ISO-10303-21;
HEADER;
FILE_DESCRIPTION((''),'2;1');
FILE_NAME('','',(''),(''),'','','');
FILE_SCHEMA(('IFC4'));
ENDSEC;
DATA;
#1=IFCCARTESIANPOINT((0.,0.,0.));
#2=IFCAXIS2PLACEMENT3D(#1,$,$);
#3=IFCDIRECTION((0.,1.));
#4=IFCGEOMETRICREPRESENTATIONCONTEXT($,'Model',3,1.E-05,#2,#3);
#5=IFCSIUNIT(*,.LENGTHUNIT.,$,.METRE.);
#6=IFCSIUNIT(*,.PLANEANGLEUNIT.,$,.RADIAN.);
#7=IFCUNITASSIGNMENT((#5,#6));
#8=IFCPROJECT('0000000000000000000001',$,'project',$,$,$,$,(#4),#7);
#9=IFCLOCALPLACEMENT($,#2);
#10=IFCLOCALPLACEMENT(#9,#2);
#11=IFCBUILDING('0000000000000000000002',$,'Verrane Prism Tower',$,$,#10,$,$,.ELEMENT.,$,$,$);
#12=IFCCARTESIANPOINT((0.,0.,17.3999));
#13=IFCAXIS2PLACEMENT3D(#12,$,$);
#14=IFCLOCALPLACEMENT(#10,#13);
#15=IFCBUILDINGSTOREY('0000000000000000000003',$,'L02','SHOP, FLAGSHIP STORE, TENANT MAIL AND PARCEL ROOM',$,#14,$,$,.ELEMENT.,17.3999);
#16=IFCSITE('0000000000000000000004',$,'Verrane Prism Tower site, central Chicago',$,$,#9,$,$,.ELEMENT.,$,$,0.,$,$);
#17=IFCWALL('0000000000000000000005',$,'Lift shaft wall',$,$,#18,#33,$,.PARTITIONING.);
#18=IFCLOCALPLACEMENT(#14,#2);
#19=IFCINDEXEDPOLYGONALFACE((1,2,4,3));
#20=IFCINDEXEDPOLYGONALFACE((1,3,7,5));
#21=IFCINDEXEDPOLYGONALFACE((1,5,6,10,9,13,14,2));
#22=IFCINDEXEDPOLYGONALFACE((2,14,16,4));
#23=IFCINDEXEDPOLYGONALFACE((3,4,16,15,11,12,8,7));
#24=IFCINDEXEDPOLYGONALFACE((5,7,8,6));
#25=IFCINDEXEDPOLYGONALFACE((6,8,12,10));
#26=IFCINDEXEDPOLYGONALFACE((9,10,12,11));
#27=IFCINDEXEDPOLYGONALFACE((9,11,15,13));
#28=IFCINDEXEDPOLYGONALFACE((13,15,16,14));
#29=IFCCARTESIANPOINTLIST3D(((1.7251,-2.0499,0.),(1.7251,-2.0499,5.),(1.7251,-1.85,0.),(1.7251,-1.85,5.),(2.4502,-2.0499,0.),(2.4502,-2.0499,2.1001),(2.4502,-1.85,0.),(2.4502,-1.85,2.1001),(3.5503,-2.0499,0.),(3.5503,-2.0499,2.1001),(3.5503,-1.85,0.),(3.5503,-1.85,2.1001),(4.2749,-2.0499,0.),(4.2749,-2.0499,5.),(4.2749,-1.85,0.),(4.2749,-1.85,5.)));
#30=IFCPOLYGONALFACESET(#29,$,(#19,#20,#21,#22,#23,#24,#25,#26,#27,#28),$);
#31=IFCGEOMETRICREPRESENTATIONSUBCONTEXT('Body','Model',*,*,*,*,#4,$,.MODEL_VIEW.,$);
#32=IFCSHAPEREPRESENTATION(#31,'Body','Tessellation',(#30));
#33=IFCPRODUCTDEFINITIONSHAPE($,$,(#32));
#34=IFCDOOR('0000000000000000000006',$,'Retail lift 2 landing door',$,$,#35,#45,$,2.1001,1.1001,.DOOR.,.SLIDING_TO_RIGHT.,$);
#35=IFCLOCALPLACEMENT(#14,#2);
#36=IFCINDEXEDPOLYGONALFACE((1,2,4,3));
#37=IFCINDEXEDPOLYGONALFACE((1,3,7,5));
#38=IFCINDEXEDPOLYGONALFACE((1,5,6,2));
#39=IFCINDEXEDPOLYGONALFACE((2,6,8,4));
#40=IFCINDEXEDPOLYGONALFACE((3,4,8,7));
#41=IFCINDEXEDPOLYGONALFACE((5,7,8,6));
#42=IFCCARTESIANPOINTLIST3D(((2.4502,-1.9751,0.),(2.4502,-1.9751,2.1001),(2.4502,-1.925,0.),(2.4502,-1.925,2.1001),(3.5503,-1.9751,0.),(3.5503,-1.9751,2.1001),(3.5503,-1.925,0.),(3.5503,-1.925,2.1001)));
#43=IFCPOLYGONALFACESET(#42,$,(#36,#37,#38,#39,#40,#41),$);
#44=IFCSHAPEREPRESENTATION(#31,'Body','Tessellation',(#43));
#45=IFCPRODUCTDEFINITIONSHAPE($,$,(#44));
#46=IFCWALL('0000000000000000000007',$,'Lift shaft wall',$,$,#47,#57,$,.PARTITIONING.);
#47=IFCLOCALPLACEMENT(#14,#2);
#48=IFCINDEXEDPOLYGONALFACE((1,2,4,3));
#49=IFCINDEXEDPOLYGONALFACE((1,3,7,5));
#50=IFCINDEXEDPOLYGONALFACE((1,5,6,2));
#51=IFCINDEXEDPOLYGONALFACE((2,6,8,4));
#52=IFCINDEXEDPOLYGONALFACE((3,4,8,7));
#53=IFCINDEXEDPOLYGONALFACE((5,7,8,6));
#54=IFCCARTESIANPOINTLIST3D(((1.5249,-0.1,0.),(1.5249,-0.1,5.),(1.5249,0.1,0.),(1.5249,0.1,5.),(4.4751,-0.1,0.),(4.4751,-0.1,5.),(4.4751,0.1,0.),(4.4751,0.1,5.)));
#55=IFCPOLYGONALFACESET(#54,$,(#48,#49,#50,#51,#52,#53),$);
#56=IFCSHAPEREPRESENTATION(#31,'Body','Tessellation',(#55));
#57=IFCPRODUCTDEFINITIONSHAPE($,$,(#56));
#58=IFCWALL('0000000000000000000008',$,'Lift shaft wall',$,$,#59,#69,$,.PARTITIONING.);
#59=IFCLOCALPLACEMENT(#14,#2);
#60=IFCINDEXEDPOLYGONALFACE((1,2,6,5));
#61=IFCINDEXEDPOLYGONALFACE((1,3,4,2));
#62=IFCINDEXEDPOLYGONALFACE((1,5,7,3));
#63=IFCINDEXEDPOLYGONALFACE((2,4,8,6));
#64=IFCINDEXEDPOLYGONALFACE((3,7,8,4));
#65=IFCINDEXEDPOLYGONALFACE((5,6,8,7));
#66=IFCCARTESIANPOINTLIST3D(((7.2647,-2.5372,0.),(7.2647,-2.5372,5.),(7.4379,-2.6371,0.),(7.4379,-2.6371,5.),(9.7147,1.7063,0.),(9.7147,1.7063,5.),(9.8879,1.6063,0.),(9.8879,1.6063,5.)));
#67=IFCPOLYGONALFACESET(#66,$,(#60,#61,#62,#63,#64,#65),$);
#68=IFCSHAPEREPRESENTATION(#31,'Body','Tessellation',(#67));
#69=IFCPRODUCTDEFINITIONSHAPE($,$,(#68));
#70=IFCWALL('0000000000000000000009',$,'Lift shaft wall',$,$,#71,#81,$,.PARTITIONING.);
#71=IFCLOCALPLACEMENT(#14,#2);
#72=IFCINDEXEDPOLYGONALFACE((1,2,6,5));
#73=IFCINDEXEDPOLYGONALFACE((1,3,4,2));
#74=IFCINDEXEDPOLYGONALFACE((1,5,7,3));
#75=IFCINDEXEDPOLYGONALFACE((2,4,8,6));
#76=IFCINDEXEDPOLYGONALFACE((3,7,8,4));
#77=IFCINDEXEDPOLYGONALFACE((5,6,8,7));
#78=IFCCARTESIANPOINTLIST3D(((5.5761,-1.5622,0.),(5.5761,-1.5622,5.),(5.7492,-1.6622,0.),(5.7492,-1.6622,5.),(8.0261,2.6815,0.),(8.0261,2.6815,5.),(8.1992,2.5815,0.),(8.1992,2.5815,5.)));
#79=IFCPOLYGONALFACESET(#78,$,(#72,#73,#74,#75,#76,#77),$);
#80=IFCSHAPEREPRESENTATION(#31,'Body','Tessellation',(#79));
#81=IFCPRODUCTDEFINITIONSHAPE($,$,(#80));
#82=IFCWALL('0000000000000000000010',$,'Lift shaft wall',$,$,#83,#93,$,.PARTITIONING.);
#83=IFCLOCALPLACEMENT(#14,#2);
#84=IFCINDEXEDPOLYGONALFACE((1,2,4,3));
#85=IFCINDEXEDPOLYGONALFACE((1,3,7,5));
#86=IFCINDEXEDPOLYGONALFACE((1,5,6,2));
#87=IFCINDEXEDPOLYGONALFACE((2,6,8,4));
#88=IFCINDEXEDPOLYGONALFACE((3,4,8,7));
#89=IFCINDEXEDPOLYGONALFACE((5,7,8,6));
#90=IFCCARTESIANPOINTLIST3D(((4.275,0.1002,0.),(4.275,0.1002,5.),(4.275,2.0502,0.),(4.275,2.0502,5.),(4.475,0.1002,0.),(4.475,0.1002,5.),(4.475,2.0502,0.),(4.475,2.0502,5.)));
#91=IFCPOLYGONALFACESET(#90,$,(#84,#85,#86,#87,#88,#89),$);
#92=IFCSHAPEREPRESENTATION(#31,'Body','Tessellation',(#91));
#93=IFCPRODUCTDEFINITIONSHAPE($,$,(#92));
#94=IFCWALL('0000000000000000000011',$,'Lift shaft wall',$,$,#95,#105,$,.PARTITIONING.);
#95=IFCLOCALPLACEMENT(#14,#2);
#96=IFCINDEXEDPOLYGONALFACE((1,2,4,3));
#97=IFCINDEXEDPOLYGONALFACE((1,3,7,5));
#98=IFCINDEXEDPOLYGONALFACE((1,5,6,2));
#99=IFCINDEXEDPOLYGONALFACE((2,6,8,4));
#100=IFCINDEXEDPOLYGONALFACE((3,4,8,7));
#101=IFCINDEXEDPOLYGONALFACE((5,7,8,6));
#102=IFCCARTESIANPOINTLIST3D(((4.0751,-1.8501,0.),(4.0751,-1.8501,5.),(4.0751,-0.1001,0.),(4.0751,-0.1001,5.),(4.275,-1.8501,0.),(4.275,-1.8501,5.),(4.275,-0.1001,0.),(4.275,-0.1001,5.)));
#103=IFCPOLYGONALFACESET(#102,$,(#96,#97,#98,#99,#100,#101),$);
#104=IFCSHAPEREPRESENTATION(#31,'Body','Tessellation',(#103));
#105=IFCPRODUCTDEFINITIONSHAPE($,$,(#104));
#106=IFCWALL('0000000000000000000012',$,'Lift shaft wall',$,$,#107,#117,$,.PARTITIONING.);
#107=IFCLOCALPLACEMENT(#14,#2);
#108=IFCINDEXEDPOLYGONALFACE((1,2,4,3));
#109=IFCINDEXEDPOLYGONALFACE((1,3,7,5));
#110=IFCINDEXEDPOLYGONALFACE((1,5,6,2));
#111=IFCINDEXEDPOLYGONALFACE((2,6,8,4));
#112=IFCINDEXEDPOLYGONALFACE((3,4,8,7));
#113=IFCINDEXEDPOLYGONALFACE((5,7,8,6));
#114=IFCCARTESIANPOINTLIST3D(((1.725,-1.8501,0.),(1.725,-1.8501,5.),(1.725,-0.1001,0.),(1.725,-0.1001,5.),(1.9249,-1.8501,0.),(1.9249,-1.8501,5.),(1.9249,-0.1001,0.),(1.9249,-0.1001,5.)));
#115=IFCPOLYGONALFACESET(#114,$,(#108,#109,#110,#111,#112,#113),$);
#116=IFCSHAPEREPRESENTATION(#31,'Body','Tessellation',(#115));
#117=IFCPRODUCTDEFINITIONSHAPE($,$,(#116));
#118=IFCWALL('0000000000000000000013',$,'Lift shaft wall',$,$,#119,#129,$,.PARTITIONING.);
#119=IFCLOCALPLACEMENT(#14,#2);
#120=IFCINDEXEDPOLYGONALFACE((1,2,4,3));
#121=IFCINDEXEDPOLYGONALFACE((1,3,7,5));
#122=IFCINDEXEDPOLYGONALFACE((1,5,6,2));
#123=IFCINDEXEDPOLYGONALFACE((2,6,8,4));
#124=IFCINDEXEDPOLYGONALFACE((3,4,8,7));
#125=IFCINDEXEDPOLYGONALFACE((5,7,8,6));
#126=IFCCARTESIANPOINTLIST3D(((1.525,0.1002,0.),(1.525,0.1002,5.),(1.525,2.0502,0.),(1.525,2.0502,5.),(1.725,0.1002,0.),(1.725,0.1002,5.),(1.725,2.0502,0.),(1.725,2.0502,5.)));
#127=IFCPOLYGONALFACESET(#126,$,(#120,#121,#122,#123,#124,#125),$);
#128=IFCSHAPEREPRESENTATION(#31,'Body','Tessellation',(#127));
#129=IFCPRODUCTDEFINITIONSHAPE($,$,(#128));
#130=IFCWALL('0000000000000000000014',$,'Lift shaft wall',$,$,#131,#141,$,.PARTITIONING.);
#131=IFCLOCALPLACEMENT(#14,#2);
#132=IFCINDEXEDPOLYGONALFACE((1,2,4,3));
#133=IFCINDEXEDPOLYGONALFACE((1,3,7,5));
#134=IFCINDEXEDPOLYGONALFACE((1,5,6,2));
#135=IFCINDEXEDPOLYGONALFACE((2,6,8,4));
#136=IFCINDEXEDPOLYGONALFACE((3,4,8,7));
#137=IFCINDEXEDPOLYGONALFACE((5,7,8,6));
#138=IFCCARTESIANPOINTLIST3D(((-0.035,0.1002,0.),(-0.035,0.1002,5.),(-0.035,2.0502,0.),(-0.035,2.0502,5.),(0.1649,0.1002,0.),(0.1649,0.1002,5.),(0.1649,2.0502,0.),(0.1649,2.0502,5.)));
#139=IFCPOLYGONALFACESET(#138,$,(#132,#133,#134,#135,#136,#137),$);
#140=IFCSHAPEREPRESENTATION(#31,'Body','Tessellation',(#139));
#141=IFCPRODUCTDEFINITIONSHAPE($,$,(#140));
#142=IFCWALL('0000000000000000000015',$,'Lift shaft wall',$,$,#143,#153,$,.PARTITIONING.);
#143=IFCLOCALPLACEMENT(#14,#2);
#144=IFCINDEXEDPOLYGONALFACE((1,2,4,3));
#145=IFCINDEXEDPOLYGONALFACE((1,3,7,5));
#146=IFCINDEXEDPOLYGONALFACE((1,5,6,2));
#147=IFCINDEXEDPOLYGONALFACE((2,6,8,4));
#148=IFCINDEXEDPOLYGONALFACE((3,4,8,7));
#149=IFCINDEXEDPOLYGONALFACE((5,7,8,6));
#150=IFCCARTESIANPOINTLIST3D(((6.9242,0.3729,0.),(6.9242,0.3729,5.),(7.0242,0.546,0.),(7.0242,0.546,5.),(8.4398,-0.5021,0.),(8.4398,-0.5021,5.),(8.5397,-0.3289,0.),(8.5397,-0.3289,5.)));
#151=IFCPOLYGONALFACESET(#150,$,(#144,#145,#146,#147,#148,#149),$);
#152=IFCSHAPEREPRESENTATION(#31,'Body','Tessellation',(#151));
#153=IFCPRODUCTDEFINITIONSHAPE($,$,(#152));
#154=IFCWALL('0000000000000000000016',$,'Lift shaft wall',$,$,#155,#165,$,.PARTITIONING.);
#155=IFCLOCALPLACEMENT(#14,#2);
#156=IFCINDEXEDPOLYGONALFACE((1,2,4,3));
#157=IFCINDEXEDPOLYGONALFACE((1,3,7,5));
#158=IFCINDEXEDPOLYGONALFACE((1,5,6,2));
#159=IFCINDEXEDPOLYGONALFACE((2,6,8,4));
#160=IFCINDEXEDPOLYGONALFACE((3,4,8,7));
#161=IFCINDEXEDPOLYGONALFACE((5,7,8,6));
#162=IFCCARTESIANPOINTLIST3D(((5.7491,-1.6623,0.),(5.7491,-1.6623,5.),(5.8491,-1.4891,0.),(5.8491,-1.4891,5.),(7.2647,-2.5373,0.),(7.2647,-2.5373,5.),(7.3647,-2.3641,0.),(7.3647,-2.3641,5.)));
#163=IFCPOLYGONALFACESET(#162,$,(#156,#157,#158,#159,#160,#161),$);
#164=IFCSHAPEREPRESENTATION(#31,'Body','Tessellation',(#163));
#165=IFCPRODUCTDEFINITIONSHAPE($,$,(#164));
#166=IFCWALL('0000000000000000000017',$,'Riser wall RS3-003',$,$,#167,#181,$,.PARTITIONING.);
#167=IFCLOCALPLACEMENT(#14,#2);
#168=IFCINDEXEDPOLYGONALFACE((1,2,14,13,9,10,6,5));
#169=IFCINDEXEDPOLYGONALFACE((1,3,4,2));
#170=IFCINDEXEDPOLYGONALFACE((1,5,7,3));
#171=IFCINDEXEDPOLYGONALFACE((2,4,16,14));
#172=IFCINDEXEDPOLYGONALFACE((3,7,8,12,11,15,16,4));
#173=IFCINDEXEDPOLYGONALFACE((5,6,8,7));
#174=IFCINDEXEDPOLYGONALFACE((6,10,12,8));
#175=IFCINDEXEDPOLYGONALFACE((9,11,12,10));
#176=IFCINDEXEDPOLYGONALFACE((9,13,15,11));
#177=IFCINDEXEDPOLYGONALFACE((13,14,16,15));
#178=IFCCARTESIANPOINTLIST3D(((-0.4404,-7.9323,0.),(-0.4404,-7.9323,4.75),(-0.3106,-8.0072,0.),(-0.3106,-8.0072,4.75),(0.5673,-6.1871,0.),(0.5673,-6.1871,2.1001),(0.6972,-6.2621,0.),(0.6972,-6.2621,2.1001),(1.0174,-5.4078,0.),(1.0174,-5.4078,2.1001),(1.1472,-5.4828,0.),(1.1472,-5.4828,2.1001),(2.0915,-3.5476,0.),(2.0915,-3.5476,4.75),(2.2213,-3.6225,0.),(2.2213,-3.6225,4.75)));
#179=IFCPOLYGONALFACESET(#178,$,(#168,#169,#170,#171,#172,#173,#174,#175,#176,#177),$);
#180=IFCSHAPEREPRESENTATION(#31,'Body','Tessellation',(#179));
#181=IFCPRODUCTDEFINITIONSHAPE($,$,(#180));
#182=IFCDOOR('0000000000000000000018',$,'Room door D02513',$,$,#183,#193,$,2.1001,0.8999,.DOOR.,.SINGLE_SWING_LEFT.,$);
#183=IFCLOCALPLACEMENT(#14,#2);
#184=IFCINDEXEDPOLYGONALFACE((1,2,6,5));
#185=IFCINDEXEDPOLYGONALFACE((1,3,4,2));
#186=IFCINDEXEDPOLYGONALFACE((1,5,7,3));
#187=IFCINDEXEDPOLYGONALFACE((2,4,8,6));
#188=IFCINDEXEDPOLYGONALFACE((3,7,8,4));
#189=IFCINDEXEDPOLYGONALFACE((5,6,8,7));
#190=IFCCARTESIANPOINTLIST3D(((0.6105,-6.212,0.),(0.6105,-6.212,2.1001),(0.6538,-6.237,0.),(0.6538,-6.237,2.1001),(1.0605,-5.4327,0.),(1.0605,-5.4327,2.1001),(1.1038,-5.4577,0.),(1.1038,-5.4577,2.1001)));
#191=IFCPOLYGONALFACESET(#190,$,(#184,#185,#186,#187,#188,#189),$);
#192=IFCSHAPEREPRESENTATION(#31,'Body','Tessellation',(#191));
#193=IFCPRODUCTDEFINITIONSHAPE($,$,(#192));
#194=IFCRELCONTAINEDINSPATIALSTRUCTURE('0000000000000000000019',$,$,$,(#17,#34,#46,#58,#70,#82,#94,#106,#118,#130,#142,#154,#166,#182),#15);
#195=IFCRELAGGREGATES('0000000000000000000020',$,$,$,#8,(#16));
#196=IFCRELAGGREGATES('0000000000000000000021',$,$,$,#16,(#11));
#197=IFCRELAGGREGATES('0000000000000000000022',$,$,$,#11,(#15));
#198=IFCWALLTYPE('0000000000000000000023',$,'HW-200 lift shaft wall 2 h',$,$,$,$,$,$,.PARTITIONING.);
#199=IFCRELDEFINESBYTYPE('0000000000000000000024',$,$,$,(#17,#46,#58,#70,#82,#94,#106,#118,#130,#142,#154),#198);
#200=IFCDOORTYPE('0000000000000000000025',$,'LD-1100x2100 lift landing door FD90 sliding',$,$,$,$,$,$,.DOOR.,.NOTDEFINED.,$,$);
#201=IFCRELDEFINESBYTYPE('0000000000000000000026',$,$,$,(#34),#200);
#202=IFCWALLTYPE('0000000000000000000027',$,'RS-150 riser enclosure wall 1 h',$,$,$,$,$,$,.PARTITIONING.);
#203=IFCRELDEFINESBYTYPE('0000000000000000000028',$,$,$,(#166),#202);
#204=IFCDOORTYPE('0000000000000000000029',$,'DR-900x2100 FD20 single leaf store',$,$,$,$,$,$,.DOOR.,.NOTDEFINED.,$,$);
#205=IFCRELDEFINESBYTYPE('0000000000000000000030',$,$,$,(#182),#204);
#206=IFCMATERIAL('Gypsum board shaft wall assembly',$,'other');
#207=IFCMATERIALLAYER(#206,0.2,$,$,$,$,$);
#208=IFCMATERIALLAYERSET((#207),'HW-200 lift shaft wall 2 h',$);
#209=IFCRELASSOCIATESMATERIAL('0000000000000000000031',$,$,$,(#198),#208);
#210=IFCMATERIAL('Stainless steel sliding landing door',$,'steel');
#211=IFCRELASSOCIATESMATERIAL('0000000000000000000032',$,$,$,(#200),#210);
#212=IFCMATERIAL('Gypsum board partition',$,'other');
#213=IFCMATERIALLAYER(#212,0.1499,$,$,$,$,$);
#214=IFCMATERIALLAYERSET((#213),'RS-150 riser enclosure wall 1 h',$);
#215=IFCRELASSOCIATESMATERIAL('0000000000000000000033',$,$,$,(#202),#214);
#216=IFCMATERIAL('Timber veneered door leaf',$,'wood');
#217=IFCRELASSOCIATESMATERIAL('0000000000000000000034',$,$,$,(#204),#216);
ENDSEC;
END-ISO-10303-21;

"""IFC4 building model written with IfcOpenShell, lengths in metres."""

from ifc_helpers import new_model, si_unit, direction, frame, frame_2d, origin, place, context, subcontext, project, spatial, rectangle, extrude, material, layer, layer_set, type_object, element, fill, save


model = new_model("IFC4")

# Units and contexts
model_context = context("Model", 3, precision=1e-05, world=origin(), true_north=direction((0.0, 1.0)))
body_context = subcontext(model_context, "Body", "Model", "MODEL_VIEW")
ifc_project = project(units=[si_unit("LENGTHUNIT", "METRE"), si_unit("PLANEANGLEUNIT", "RADIAN")], contexts=[model_context])

# Site, building, storey
site_placement = place(None, origin())
site = spatial("IfcSite", under=ifc_project, at=site_placement, Name="Verrane Prism Tower site, central Chicago", CompositionType="ELEMENT", RefElevation=0.0)
building_placement = place(site_placement, origin())
building = spatial("IfcBuilding", under=site, at=building_placement, Name="Verrane Prism Tower", CompositionType="ELEMENT")
storey_placement = place(building_placement, frame((0.0, 0.0, 17.3999)))
storey = spatial("IfcBuildingStorey", under=building, at=storey_placement, Name="L02", Description="SHOP, FLAGSHIP STORE, TENANT MAIL AND PARCEL ROOM", CompositionType="ELEMENT", Elevation=17.3999)

# Wall, opening, door
ifc_material_1 = material(Name="Gypsum board shaft wall assembly", Category="other")
ifc_layer_1 = layer(ifc_material_1, 0.2)
ifc_layer_set_1 = layer_set([ifc_layer_1], Name="HW-200 lift shaft wall 2 h")
wall_type_1 = type_object("IfcWallType", Name="HW-200 lift shaft wall 2 h", PredefinedType="PARTITIONING", material=ifc_layer_set_1)
wall_1_placement = place(storey_placement, frame((1.7251, -1.95, 0.0), z_axis=(0.0, 0.0, 1.0), x_axis=(1.0, 0.0, 0.0)))
wall_1 = element("IfcWall", 1, at=wall_1_placement, inside=storey, type_object=wall_type_1, Name="Lift shaft wall", PredefinedType="PARTITIONING", context=body_context, shape_type="SweptSolid", body=[
    extrude(rectangle(XDim=2.5498, YDim=0.2, at=frame_2d((1.2749, 0.0))), origin(), (0.0, 0.0, 1.0), 5.0),
])
opening_1_placement = place(wall_1_placement, frame((0.7251, 0.0, 0.0)))
opening_1 = element("IfcOpeningElement", 2, at=opening_1_placement, cuts=wall_1, PredefinedType="OPENING", context=body_context, shape_type="SweptSolid", body=[
    extrude(rectangle(XDim=1.1001, YDim=2.1001, at=frame_2d((0.55, 1.05))), frame((0.0, 0.1099, 0.0), z_axis=(0.0, -1.0, 0.0), x_axis=(1.0, 0.0, 0.0)), (0.0, 0.0, 1.0), 0.22),
])
ifc_material_2 = material(Name="Stainless steel sliding landing door", Category="steel")
door_type_1 = type_object("IfcDoorType", Name="LD-1100x2100 lift landing door FD90 sliding", OperationType="NOTDEFINED", PredefinedType="DOOR", material=ifc_material_2)
door_1_placement = place(opening_1_placement, origin())
door_1 = element("IfcDoor", 3, at=door_1_placement, inside=storey, type_object=door_type_1, Name="Retail lift 2 landing door", OperationType="SLIDING_TO_RIGHT", OverallHeight=2.1001, OverallWidth=1.1001, PredefinedType="DOOR", context=body_context, shape_type="SweptSolid", body=[
    extrude(rectangle(XDim=1.1001, YDim=2.1001, at=frame_2d((0.55, 1.05))), frame((0.0, 0.0249, 0.0), z_axis=(0.0, -1.0, 0.0), x_axis=(1.0, 0.0, 0.0)), (0.0, 0.0, 1.0), 0.05),
])
fill(opening_1, door_1)

# Walls
wall_2_placement = place(storey_placement, frame((1.5249, 0.0, 0.0), z_axis=(0.0, 0.0, 1.0), x_axis=(1.0, 0.0, 0.0)))
element("IfcWall", 4, at=wall_2_placement, inside=storey, type_object=wall_type_1, Name="Lift shaft wall", PredefinedType="PARTITIONING", context=body_context, shape_type="SweptSolid", body=[
    extrude(rectangle(XDim=2.9502, YDim=0.2, at=frame_2d((1.4751, 0.0))), origin(), (0.0, 0.0, 1.0), 5.0),
])
wall_3_placement = place(storey_placement, frame((7.3513, -2.5872, 0.0), z_axis=(0.0, 0.0, 1.0), x_axis=(0.500003, 0.866024, 0.0)))
element("IfcWall", 5, at=wall_3_placement, inside=storey, type_object=wall_type_1, Name="Lift shaft wall", PredefinedType="PARTITIONING", context=body_context, shape_type="SweptSolid", body=[
    extrude(rectangle(XDim=4.8999, YDim=0.2, at=frame_2d((2.45, 0.0))), origin(), (0.0, 0.0, 1.0), 5.0),
])
wall_4_placement = place(storey_placement, frame((5.6626, -1.6123, 0.0), z_axis=(0.0, 0.0, 1.0), x_axis=(0.499981, 0.866036, 0.0)))
element("IfcWall", 6, at=wall_4_placement, inside=storey, type_object=wall_type_1, Name="Lift shaft wall", PredefinedType="PARTITIONING", context=body_context, shape_type="SweptSolid", body=[
    extrude(rectangle(XDim=4.9001, YDim=0.2, at=frame_2d((2.4502, 0.0))), origin(), (0.0, 0.0, 1.0), 5.0),
])
wall_5_placement = place(storey_placement, frame((4.375, 0.1001, 0.0), z_axis=(0.0, 0.0, 1.0), x_axis=(0.0, 1.0, 0.0)))
element("IfcWall", 7, at=wall_5_placement, inside=storey, type_object=wall_type_1, Name="Lift shaft wall", PredefinedType="PARTITIONING", context=body_context, shape_type="SweptSolid", body=[
    extrude(rectangle(XDim=1.95, YDim=0.2, at=frame_2d((0.9751, 0.0))), origin(), (0.0, 0.0, 1.0), 5.0),
])
for number, where, z_axis, x_axis, name in (
    (8, (4.175, -1.8501, 0.0), (0.0, 0.0, 1.0), (0.0, 1.0, 0.0), "Lift shaft wall"),
    (9, (1.825, -1.8501, 0.0), (0.0, 0.0, 1.0), (0.0, 1.0, 0.0), "Lift shaft wall"),
):
    element("IfcWall", number, at=place(storey_placement, frame(where, z_axis=z_axis, x_axis=x_axis)), inside=storey, type_object=wall_type_1, Name=name, PredefinedType="PARTITIONING", context=body_context, shape_type="SweptSolid", body=[
        extrude(rectangle(XDim=1.75, YDim=0.2, at=frame_2d((0.875, 0.0))), origin(), (0.0, 0.0, 1.0), 5.0),
    ])
for number, where, z_axis, x_axis, name in (
    (10, (1.625, 0.1001, 0.0), (0.0, 0.0, 1.0), (0.0, 1.0, 0.0), "Lift shaft wall"),
    (11, (0.0649, 0.1001, 0.0), (0.0, 0.0, 1.0), (0.0, 1.0, 0.0), "Lift shaft wall"),
):
    element("IfcWall", number, at=place(storey_placement, frame(where, z_axis=z_axis, x_axis=x_axis)), inside=storey, type_object=wall_type_1, Name=name, PredefinedType="PARTITIONING", context=body_context, shape_type="SweptSolid", body=[
        extrude(rectangle(XDim=1.95, YDim=0.2, at=frame_2d((0.9751, 0.0))), origin(), (0.0, 0.0, 1.0), 5.0),
    ])
for number, where, z_axis, x_axis, name in (
    (12, (8.4897, -0.4155, 0.0), (0.0, 0.0, 1.0), (-0.866037, 0.49998, 0.0), "Lift shaft wall"),
    (13, (7.3147, -2.4507, 0.0), (0.0, 0.0, 1.0), (-0.866037, 0.49998, 0.0), "Lift shaft wall"),
):
    element("IfcWall", number, at=place(storey_placement, frame(where, z_axis=z_axis, x_axis=x_axis)), inside=storey, type_object=wall_type_1, Name=name, PredefinedType="PARTITIONING", context=body_context, shape_type="SweptSolid", body=[
        extrude(rectangle(XDim=1.75, YDim=0.2, at=frame_2d((0.875, 0.0))), origin(), (0.0, 0.0, 1.0), 5.0),
    ])

# Wall, opening, door
ifc_material_3 = material(Name="Gypsum board partition", Category="other")
ifc_layer_2 = layer(ifc_material_3, 0.1499)
ifc_layer_set_2 = layer_set([ifc_layer_2], Name="RS-150 riser enclosure wall 1 h")
wall_type_2 = type_object("IfcWallType", Name="RS-150 riser enclosure wall 1 h", PredefinedType="PARTITIONING", material=ifc_layer_set_2)
wall_6_placement = place(storey_placement, frame((2.1565, -3.585, 0.0), z_axis=(0.0, 0.0, 1.0), x_axis=(-0.500065, -0.865988, 0.0)))
wall_6 = element("IfcWall", 14, at=wall_6_placement, inside=storey, type_object=wall_type_2, Name="Riser wall RS3-003", PredefinedType="PARTITIONING", context=body_context, shape_type="SweptSolid", body=[
    extrude(rectangle(XDim=5.0632, YDim=0.1499, at=frame_2d((2.5317, 0.0))), origin(), (0.0, 0.0, 1.0), 4.75),
])
opening_2_placement = place(wall_6_placement, frame((2.1482, 0.0, 0.0)))
opening_2 = element("IfcOpeningElement", 15, at=opening_2_placement, cuts=wall_6, PredefinedType="OPENING", context=body_context, shape_type="SweptSolid", body=[
    extrude(rectangle(XDim=0.8999, YDim=2.1001, at=frame_2d((0.45, 1.05))), frame((0.0, 0.085, 0.0), z_axis=(0.0, -1.0, 0.0), x_axis=(1.0, 0.0, 0.0)), (0.0, 0.0, 1.0), 0.1699),
])
ifc_material_4 = material(Name="Timber veneered door leaf", Category="wood")
door_type_2 = type_object("IfcDoorType", Name="DR-900x2100 FD20 single leaf store", OperationType="NOTDEFINED", PredefinedType="DOOR", material=ifc_material_4)
door_2_placement = place(opening_2_placement, origin())
door_2 = element("IfcDoor", 16, at=door_2_placement, inside=storey, type_object=door_type_2, Name="Room door D02513", OperationType="SINGLE_SWING_LEFT", OverallHeight=2.1001, OverallWidth=0.8999, PredefinedType="DOOR", context=body_context, shape_type="SweptSolid", body=[
    extrude(rectangle(XDim=0.8999, YDim=2.1001, at=frame_2d((0.45, 1.05))), frame((0.0, 0.0249, 0.0), z_axis=(0.0, -1.0, 0.0), x_axis=(1.0, 0.0, 0.0)), (0.0, 0.0, 1.0), 0.05),
])
fill(opening_2, door_2)

save(model, "model.ifc")
